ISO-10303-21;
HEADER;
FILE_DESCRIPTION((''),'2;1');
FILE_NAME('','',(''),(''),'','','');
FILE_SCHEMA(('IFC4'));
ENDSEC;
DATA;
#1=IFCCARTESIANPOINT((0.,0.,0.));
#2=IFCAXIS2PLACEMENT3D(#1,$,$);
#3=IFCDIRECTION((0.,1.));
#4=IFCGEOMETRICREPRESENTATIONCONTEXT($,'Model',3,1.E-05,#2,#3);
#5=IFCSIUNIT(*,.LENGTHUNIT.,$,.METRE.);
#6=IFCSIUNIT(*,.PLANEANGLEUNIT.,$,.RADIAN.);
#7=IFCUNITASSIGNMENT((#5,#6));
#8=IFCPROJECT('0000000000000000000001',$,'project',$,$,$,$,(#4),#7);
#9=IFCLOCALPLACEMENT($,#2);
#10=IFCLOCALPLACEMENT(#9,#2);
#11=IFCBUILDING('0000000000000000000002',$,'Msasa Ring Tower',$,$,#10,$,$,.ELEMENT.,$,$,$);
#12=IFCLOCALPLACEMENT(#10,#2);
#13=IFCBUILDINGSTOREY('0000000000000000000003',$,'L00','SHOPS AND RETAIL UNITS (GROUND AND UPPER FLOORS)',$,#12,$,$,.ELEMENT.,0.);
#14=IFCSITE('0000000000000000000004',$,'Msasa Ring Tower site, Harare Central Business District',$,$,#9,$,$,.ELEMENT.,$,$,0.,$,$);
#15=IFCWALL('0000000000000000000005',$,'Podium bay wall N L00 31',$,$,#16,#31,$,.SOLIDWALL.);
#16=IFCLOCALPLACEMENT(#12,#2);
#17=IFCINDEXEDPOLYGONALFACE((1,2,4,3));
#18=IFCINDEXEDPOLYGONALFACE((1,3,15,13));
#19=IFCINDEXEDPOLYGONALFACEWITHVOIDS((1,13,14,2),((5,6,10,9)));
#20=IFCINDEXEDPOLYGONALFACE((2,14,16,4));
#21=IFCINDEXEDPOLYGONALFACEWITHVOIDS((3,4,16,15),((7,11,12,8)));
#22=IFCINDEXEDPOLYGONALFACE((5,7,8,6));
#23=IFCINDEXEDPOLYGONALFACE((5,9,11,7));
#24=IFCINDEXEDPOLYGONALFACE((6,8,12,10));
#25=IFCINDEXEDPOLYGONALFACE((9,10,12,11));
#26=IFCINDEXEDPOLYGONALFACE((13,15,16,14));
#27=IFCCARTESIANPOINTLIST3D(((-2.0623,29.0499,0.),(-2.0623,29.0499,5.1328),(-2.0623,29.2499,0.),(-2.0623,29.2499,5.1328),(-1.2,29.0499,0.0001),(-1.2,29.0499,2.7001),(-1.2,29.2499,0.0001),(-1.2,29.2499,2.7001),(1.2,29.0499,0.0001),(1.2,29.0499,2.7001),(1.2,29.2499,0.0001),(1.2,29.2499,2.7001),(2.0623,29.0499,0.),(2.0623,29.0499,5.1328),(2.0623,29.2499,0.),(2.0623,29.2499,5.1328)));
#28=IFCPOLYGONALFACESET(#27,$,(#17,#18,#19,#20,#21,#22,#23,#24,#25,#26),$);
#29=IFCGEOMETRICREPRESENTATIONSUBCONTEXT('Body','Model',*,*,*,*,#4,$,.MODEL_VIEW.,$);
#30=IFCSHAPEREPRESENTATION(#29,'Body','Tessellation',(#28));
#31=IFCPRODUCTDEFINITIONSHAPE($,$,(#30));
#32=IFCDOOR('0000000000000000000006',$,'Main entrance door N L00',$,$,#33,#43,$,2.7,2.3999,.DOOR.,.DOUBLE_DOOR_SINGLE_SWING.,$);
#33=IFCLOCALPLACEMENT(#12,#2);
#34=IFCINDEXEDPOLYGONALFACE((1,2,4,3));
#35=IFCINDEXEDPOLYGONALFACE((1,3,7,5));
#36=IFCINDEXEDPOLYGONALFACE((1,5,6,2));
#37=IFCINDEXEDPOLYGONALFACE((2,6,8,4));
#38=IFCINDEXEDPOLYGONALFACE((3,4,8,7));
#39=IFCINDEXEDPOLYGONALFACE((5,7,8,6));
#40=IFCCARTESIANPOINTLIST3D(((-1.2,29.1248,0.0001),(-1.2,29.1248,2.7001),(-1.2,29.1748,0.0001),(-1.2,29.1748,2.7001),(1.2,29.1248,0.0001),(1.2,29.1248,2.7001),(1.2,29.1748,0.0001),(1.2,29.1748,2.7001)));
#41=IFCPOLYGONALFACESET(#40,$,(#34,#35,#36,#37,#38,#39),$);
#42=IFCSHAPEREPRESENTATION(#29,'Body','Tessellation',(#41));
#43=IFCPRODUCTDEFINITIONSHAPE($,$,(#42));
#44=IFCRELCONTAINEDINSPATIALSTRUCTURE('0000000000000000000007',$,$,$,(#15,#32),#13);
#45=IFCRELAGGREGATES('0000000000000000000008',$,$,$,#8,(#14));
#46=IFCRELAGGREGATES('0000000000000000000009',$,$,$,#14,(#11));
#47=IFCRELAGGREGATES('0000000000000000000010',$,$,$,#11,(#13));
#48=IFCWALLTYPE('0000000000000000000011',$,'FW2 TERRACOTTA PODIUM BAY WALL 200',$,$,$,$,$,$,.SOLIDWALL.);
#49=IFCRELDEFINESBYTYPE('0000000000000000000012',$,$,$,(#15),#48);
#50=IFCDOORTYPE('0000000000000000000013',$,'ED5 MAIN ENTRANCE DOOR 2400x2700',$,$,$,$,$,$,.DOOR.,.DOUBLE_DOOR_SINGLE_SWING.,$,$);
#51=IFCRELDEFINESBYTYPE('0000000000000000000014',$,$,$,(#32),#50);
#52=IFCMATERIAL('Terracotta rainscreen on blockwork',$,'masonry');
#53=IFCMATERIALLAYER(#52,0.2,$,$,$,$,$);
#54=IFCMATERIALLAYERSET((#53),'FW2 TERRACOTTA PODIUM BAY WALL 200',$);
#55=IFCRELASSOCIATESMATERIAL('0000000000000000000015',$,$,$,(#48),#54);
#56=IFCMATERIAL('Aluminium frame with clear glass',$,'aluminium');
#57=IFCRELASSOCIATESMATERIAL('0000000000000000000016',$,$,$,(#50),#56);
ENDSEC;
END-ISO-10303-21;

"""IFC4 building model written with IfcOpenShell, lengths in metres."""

from ifc_helpers import new_model, si_unit, direction, frame, frame_2d, origin, place, context, subcontext, project, spatial, rectangle, extrude, material, layer, layer_set, type_object, element, fill, save


model = new_model("IFC4")

# Units and contexts
model_context = context("Model", 3, precision=1e-05, world=origin(), true_north=direction((0.0, 1.0)))
body_context = subcontext(model_context, "Body", "Model", "MODEL_VIEW")
ifc_project = project(units=[si_unit("LENGTHUNIT", "METRE"), si_unit("PLANEANGLEUNIT", "RADIAN")], contexts=[model_context])

# Site, building, storey
site_placement = place(None, origin())
site = spatial("IfcSite", under=ifc_project, at=site_placement, Name="Msasa Ring Tower site, Harare Central Business District", CompositionType="ELEMENT", RefElevation=0.0)
building_placement = place(site_placement, origin())
building = spatial("IfcBuilding", under=site, at=building_placement, Name="Msasa Ring Tower", CompositionType="ELEMENT")
storey_placement = place(building_placement, origin())
storey = spatial("IfcBuildingStorey", under=building, at=storey_placement, Name="L00", Description="SHOPS AND RETAIL UNITS (GROUND AND UPPER FLOORS)", CompositionType="ELEMENT", Elevation=0.0)

# Wall, opening, door
ifc_material_1 = material(Name="Terracotta rainscreen on blockwork", Category="masonry")
ifc_layer_1 = layer(ifc_material_1, 0.2)
ifc_layer_set_1 = layer_set([ifc_layer_1], Name="FW2 TERRACOTTA PODIUM BAY WALL 200")
wall_type = type_object("IfcWallType", Name="FW2 TERRACOTTA PODIUM BAY WALL 200", PredefinedType="SOLIDWALL", material=ifc_layer_set_1)
wall_1_placement = place(storey_placement, frame((-2.0623, 29.1499, 0.0), z_axis=(0.0, 0.0, 1.0), x_axis=(1.0, 0.0, 0.0)))
wall_1 = element("IfcWall", 1, at=wall_1_placement, inside=storey, type_object=wall_type, Name="Podium bay wall N L00 31", PredefinedType="SOLIDWALL", context=body_context, shape_type="SweptSolid", body=[
    extrude(rectangle(XDim=4.1245, YDim=0.2, at=frame_2d((2.0623, 0.0))), origin(), (0.0, 0.0, 1.0), 5.1328),
])
opening_1_placement = place(wall_1_placement, frame((0.8623, 0.0, 0.0)))
opening_1 = element("IfcOpeningElement", 2, at=opening_1_placement, cuts=wall_1, PredefinedType="OPENING", context=body_context, shape_type="SweptSolid", body=[
    extrude(rectangle(XDim=2.3999, YDim=2.7, at=frame_2d((1.2, 1.3501))), frame((0.0, 0.1099, 0.0), z_axis=(0.0, -1.0, 0.0), x_axis=(1.0, 0.0, 0.0)), (0.0, 0.0, 1.0), 0.22),
])
ifc_material_2 = material(Name="Aluminium frame with clear glass", Category="aluminium")
door_type_1 = type_object("IfcDoorType", Name="ED5 MAIN ENTRANCE DOOR 2400x2700", OperationType="DOUBLE_DOOR_SINGLE_SWING", PredefinedType="DOOR", material=ifc_material_2)
door_1_placement = place(opening_1_placement, origin())
door_1 = element("IfcDoor", 3, at=door_1_placement, inside=storey, type_object=door_type_1, Name="Main entrance door N L00", OperationType="DOUBLE_DOOR_SINGLE_SWING", OverallHeight=2.7, OverallWidth=2.3999, PredefinedType="DOOR", context=body_context, shape_type="SweptSolid", body=[
    extrude(rectangle(XDim=2.3999, YDim=2.7, at=frame_2d((1.2, 1.3501))), frame((0.0, 0.0249, 0.0), z_axis=(0.0, -1.0, 0.0), x_axis=(1.0, 0.0, 0.0)), (0.0, 0.0, 1.0), 0.05),
])
fill(opening_1, door_1)

save(model, "model.ifc")
